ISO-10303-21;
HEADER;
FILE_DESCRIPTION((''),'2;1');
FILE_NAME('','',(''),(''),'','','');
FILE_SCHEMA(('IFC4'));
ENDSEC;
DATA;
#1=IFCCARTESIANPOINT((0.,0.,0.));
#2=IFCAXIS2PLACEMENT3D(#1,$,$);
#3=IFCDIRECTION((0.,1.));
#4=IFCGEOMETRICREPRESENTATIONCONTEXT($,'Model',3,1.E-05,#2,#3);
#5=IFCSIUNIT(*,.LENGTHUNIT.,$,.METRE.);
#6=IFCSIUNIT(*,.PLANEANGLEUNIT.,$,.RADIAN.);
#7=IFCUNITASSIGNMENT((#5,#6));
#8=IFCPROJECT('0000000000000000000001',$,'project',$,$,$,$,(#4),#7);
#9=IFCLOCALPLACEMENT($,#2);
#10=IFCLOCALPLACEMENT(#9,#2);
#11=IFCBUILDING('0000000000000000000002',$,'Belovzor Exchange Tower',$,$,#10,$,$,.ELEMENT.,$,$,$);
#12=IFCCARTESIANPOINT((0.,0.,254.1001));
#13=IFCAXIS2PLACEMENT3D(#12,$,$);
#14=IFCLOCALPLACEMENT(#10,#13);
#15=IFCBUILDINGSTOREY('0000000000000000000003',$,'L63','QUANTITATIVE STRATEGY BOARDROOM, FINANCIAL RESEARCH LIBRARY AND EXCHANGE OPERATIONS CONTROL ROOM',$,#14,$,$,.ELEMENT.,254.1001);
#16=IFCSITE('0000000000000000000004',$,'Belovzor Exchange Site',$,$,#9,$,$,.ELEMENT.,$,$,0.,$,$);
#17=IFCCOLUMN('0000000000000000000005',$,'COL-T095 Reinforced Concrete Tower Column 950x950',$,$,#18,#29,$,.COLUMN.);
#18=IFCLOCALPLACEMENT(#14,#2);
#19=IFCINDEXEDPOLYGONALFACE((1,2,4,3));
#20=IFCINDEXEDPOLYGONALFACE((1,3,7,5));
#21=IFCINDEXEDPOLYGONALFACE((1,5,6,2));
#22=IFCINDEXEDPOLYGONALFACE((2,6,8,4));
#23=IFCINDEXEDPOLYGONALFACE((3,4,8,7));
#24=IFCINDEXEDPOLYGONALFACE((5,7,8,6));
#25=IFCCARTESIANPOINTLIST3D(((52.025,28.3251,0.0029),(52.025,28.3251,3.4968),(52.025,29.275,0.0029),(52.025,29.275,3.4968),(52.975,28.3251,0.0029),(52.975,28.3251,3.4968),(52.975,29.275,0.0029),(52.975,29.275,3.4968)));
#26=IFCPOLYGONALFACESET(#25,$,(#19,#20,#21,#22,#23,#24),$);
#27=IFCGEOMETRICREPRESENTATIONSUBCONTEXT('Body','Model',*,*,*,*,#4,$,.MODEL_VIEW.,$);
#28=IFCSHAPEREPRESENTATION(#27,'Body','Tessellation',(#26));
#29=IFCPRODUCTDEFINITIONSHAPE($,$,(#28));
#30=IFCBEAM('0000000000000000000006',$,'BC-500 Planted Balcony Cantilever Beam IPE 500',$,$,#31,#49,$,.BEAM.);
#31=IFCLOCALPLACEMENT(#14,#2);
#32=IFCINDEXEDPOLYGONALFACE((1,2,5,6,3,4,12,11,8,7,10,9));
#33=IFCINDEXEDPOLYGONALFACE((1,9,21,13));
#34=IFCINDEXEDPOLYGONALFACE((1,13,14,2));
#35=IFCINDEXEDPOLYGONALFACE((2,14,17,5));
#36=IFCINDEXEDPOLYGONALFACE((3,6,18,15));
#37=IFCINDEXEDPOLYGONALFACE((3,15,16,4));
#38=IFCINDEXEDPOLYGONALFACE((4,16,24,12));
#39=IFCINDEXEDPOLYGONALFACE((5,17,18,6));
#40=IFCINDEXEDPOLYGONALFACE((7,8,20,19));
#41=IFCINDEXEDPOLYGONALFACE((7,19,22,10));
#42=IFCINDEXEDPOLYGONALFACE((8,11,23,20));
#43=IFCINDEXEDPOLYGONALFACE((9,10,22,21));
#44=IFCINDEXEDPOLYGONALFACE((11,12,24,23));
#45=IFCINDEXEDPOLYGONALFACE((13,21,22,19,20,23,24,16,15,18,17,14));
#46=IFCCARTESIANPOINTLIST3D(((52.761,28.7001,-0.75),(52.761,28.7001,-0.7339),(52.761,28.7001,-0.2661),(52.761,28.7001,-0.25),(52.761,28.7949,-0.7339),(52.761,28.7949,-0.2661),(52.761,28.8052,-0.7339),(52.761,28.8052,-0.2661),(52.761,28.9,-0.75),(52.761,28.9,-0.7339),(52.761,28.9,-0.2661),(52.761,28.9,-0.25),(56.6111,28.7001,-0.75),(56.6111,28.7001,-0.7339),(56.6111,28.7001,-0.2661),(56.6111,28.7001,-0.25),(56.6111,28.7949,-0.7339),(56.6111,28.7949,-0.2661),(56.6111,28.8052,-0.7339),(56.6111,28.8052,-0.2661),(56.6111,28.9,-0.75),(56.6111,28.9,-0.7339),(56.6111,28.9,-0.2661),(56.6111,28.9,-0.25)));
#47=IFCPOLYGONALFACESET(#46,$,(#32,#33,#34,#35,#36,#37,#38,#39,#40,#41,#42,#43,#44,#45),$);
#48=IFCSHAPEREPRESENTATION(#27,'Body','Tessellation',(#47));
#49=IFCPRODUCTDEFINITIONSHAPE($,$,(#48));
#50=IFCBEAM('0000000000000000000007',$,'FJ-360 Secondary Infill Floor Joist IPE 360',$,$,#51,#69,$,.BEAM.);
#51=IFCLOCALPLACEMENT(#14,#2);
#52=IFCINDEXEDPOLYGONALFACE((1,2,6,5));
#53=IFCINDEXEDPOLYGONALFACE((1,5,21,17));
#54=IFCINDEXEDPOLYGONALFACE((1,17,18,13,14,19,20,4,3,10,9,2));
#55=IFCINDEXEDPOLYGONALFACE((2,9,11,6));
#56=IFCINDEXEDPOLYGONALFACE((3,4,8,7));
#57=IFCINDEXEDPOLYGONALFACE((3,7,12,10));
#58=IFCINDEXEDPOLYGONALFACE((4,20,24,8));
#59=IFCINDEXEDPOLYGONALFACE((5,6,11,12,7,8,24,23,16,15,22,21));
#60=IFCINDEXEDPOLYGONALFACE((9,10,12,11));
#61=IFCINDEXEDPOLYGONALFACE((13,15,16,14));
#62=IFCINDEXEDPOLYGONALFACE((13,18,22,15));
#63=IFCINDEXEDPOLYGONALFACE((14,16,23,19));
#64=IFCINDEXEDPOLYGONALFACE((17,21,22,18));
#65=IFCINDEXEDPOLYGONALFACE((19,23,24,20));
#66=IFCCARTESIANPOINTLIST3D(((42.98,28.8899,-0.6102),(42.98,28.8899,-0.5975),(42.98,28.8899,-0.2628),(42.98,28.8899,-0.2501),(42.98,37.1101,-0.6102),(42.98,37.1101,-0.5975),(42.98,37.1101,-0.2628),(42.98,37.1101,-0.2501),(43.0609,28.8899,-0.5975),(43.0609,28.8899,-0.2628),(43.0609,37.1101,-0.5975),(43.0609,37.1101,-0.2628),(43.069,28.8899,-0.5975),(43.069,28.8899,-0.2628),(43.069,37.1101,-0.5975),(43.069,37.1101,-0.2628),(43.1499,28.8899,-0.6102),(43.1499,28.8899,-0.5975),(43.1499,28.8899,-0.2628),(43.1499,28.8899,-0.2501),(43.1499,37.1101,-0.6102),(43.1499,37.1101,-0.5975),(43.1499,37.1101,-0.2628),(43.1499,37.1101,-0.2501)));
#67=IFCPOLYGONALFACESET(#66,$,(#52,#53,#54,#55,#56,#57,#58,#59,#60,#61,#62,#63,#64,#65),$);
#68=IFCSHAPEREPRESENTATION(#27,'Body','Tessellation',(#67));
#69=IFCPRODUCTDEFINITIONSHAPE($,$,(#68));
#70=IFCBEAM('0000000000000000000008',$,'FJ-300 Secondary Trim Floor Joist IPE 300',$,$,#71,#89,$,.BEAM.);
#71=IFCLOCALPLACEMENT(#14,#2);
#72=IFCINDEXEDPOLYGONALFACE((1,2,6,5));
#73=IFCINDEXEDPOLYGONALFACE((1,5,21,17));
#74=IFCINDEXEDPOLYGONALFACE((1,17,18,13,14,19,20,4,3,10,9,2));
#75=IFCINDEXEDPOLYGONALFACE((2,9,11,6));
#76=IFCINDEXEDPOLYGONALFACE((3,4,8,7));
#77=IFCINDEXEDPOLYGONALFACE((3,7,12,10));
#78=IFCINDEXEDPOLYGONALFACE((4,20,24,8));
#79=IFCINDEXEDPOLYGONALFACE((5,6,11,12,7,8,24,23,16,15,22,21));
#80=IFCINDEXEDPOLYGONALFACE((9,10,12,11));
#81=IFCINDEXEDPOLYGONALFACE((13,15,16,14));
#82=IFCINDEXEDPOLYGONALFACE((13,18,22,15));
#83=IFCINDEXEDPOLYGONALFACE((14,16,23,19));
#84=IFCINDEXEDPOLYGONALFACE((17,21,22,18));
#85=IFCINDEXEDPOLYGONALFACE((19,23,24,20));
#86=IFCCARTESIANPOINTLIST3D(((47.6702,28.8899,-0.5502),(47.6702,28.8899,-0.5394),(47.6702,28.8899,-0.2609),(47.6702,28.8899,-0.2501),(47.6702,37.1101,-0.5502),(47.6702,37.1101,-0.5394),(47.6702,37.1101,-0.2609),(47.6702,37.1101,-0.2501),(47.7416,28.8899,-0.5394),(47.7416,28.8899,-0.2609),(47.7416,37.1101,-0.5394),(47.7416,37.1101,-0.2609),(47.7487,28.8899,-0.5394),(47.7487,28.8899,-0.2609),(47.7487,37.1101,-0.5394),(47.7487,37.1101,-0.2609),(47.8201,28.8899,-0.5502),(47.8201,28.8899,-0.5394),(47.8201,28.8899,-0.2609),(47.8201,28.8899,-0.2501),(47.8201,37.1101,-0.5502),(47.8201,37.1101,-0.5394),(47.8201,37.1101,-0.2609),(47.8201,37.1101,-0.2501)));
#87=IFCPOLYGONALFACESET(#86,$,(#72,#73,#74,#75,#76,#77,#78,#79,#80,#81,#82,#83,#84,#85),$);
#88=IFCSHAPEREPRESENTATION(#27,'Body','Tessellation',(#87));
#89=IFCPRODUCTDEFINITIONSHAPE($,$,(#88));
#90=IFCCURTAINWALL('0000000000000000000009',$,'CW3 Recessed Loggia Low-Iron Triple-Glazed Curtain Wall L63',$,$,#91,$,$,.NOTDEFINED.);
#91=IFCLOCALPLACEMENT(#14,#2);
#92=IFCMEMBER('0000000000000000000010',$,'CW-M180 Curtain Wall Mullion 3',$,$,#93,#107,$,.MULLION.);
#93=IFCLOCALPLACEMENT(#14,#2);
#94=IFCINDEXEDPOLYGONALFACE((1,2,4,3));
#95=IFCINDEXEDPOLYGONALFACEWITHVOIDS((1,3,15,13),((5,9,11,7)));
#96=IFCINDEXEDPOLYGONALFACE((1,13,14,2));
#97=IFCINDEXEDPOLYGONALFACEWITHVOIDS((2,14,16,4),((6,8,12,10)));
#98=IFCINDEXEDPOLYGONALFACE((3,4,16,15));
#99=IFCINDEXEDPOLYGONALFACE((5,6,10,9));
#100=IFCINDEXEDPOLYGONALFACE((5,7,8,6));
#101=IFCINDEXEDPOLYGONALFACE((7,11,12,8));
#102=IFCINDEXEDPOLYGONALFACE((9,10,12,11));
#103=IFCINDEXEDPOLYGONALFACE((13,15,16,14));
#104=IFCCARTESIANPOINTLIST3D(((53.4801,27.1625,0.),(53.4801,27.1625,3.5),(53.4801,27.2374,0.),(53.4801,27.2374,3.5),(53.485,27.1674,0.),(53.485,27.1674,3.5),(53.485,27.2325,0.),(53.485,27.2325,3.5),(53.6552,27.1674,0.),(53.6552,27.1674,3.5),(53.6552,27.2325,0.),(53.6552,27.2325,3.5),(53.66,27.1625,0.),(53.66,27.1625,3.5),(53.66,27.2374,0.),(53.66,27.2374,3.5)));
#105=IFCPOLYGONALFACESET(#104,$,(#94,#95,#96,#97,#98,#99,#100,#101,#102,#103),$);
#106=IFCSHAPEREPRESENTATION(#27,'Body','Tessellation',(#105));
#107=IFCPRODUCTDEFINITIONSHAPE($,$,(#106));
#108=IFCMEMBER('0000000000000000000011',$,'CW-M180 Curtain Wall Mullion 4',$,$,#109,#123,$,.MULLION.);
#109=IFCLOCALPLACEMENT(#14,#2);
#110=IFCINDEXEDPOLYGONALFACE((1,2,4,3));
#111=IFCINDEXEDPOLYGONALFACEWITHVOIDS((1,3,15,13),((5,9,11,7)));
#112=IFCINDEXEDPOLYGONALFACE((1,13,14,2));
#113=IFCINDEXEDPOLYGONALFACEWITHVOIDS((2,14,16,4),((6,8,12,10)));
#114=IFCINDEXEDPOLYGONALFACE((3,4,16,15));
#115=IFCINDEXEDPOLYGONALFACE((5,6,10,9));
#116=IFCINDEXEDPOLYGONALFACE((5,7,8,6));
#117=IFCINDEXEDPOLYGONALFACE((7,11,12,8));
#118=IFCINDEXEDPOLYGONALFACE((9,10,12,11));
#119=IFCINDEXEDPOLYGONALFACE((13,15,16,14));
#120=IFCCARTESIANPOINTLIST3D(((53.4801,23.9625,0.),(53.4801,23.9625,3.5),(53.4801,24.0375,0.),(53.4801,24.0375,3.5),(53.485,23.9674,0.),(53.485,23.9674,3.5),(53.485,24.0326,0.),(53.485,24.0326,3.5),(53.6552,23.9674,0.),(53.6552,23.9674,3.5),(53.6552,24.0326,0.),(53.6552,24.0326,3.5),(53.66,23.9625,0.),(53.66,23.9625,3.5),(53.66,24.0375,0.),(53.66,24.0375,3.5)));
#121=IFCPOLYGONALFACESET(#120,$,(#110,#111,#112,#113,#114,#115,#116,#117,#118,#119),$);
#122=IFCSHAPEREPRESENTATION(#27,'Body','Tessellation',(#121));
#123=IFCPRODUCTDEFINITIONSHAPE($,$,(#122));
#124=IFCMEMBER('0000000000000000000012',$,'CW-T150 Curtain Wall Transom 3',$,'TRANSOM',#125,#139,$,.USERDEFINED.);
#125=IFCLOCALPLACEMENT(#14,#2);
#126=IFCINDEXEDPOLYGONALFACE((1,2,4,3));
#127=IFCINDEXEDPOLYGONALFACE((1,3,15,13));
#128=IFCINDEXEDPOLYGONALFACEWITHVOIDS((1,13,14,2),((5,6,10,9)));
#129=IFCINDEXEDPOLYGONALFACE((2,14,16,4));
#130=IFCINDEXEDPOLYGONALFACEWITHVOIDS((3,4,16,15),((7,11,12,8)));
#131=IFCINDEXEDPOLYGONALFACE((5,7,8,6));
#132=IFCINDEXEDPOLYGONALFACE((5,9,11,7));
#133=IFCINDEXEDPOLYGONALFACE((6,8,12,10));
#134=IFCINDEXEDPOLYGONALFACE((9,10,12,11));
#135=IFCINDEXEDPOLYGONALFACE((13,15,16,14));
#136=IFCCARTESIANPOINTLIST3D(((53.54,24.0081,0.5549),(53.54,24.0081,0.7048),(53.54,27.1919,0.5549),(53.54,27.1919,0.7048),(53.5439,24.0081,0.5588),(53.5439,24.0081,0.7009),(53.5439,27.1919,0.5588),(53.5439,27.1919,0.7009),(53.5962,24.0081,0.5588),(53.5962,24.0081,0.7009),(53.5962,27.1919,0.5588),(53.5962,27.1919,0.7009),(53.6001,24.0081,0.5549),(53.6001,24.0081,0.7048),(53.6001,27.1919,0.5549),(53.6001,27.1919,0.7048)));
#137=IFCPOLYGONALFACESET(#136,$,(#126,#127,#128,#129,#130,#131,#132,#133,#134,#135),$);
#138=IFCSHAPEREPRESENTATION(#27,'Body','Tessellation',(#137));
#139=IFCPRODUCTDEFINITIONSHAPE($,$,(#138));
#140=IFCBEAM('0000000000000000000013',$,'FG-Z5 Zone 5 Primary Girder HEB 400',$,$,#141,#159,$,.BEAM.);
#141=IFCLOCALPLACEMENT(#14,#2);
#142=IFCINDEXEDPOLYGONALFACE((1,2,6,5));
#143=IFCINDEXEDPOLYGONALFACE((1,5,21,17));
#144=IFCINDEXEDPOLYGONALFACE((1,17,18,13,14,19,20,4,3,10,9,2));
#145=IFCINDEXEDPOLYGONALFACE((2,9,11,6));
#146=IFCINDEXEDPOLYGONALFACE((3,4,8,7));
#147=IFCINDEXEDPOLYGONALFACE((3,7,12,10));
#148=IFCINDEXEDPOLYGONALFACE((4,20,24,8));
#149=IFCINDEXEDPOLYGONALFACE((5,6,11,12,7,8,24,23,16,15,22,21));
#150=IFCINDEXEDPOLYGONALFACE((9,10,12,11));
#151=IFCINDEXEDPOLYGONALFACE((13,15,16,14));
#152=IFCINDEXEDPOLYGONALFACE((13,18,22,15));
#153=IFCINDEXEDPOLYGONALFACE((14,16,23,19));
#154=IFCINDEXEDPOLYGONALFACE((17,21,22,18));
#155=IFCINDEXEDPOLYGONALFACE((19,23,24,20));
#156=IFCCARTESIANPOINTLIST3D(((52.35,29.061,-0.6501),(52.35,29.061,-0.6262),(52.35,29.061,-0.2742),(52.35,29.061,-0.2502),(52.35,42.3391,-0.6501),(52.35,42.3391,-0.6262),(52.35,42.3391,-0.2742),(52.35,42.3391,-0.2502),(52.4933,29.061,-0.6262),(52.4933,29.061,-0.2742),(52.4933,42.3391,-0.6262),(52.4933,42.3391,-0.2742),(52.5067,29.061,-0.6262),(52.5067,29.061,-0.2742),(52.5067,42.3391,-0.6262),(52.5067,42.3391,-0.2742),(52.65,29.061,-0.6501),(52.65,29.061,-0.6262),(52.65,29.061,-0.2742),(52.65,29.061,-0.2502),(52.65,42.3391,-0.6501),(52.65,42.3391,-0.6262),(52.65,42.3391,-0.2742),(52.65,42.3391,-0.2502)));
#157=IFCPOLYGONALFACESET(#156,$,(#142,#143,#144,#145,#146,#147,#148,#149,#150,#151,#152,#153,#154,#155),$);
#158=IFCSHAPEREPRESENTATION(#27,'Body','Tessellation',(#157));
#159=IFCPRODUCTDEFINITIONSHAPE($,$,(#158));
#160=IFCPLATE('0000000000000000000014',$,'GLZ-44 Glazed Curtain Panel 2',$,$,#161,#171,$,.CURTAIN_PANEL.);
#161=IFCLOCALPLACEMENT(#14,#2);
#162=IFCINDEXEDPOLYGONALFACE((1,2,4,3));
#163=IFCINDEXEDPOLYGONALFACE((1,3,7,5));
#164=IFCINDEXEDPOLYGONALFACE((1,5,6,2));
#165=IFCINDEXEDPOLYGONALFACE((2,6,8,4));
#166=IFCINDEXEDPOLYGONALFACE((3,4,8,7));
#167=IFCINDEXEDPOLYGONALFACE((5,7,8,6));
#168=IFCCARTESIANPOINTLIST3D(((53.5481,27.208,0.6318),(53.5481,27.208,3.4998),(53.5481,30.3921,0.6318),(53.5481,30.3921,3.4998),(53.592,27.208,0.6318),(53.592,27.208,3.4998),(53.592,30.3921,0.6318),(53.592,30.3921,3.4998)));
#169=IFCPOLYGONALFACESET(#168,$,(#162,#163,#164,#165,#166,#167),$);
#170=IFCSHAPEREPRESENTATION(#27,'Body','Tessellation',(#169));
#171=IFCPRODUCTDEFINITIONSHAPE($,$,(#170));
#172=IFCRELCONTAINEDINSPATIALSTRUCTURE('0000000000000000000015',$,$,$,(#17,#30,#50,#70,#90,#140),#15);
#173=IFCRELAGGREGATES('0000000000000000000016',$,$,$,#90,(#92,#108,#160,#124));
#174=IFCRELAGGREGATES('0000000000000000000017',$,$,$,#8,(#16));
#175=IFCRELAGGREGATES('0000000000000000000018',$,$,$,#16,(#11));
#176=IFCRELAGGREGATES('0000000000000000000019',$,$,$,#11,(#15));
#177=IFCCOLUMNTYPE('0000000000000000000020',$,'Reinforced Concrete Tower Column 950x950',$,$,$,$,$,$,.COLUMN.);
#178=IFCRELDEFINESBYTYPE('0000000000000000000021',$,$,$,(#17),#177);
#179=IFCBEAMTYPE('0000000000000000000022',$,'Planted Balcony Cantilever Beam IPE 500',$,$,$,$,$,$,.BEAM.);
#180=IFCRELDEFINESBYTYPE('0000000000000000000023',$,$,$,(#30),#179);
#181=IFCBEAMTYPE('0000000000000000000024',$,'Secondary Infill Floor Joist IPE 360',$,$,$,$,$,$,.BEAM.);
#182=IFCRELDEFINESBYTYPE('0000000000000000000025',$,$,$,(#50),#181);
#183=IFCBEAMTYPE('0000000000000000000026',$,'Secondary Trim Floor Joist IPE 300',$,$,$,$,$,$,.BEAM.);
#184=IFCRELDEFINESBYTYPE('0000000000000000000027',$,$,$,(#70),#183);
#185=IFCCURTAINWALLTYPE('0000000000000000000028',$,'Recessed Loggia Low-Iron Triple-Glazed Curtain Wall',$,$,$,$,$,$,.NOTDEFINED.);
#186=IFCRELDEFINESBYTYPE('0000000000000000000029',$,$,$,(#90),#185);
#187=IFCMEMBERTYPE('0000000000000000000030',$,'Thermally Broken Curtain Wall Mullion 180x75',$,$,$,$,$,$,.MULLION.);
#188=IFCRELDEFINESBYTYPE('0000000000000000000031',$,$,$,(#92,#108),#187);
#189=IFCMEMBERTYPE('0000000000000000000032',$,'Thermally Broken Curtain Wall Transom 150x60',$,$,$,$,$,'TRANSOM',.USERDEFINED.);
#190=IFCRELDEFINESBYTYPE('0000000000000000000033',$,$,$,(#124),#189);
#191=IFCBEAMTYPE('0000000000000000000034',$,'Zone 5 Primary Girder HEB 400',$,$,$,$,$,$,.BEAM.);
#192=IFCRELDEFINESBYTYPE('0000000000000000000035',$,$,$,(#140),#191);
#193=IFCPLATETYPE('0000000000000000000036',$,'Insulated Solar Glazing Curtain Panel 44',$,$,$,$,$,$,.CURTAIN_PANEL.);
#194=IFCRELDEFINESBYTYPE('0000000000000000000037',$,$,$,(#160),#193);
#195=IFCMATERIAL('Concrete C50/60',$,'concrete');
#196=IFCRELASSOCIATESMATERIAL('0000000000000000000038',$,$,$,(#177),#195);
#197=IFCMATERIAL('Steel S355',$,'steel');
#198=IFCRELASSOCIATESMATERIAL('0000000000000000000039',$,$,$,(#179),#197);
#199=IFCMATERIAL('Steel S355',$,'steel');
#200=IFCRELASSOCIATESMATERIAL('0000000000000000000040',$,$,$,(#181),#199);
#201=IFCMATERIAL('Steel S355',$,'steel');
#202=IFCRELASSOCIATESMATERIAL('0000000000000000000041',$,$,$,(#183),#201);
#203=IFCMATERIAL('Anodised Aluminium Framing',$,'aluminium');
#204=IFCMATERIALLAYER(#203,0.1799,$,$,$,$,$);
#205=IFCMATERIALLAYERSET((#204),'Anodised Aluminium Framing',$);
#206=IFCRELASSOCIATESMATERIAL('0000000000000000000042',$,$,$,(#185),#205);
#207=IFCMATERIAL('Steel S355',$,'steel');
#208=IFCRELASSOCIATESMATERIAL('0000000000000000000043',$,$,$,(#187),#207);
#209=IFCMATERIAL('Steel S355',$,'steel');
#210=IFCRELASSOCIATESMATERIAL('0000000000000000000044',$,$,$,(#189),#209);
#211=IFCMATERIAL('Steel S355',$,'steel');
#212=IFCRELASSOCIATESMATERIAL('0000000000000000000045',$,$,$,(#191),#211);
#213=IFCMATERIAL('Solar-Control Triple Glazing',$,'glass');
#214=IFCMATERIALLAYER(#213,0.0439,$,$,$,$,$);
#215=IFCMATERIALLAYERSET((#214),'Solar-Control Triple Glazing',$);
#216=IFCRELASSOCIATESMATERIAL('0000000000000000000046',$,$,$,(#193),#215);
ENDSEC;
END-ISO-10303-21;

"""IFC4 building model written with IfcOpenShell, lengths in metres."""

from ifc_helpers import new_model, si_unit, direction, frame, origin, origin_2d, place, context, subcontext, project, spatial, rectangle, hollow_rectangle, i_section, extrude, material, layer, layer_set, material_profile, profile_set, type_object, element, aggregate, save


model = new_model("IFC4")

# Units and contexts
model_context = context("Model", 3, precision=1e-05, world=origin(), true_north=direction((0.0, 1.0)))
body_context = subcontext(model_context, "Body", "Model", "MODEL_VIEW")
ifc_project = project(units=[si_unit("LENGTHUNIT", "METRE"), si_unit("PLANEANGLEUNIT", "RADIAN")], contexts=[model_context])

# Site, building, storey
site_placement = place(None, origin())
site = spatial("IfcSite", under=ifc_project, at=site_placement, Name="Belovzor Exchange Site", CompositionType="ELEMENT", RefElevation=0.0)
building_placement = place(site_placement, origin())
building = spatial("IfcBuilding", under=site, at=building_placement, Name="Belovzor Exchange Tower", CompositionType="ELEMENT")
storey_placement = place(building_placement, frame((0.0, 0.0, 254.1001)))
storey = spatial("IfcBuildingStorey", under=building, at=storey_placement, Name="L63", Description="QUANTITATIVE STRATEGY BOARDROOM, FINANCIAL RESEARCH LIBRARY AND EXCHANGE OPERATIONS CONTROL ROOM", CompositionType="ELEMENT", Elevation=254.1001)

# Column
ifc_material_1 = material(Name="Concrete C50/60", Category="concrete")
ifc_material_profile_1 = material_profile(ifc_material_1, rectangle(XDim=0.95, YDim=0.95, at=origin_2d()))
ifc_profile_set_1 = profile_set([ifc_material_profile_1], Name="Concrete C50/60")
column_type = type_object("IfcColumnType", Name="Reinforced Concrete Tower Column 950x950", PredefinedType="COLUMN", material=ifc_profile_set_1)
column_placement = place(storey_placement, frame((52.5, 28.8, 0.0029), z_axis=(0.0, 0.0, 1.0), x_axis=(1.0, 0.0, 0.0)))
element("IfcColumn", 1, at=column_placement, inside=storey, type_object=column_type, Name="COL-T095 Reinforced Concrete Tower Column 950x950", PredefinedType="COLUMN", context=body_context, shape_type="SweptSolid", body=[
    extrude(rectangle(XDim=0.95, YDim=0.95, at=origin_2d()), origin(), (0.0, 0.0, 1.0), 3.4939),
])

# Beams
ifc_material_2 = material(Name="Steel S355", Category="steel")
ifc_material_profile_2 = material_profile(ifc_material_2, i_section(OverallWidth=0.2, OverallDepth=0.5, WebThickness=0.0103, FlangeThickness=0.0161, at=origin_2d()))
ifc_profile_set_2 = profile_set([ifc_material_profile_2], Name="Steel S355")
beam_type_1 = type_object("IfcBeamType", Name="Planted Balcony Cantilever Beam IPE 500", PredefinedType="BEAM", material=ifc_profile_set_2)
beam_1_placement = place(storey_placement, frame((52.761, 28.8, -0.5), z_axis=(1.0, 0.0, 0.0), x_axis=(0.0, 1.0, 0.0)))
element("IfcBeam", 2, at=beam_1_placement, inside=storey, type_object=beam_type_1, Name="BC-500 Planted Balcony Cantilever Beam IPE 500", PredefinedType="BEAM", context=body_context, shape_type="SweptSolid", body=[
    extrude(i_section(OverallWidth=0.2, OverallDepth=0.5, WebThickness=0.0103, FlangeThickness=0.0161, at=origin_2d()), origin(), (0.0, 0.0, 1.0), 3.8501),
])
ifc_material_3 = material(Name="Steel S355", Category="steel")
ifc_material_profile_3 = material_profile(ifc_material_3, i_section(OverallWidth=0.1699, OverallDepth=0.3601, WebThickness=0.0081, FlangeThickness=0.0127, at=origin_2d()))
ifc_profile_set_3 = profile_set([ifc_material_profile_3], Name="Steel S355")
beam_type_2 = type_object("IfcBeamType", Name="Secondary Infill Floor Joist IPE 360", PredefinedType="BEAM", material=ifc_profile_set_3)
beam_2_placement = place(storey_placement, frame((43.0649, 28.8899, -0.4302), z_axis=(0.0, 1.0, 0.0), x_axis=(-1.0, 0.0, 0.0)))
element("IfcBeam", 3, at=beam_2_placement, inside=storey, type_object=beam_type_2, Name="FJ-360 Secondary Infill Floor Joist IPE 360", PredefinedType="BEAM", context=body_context, shape_type="SweptSolid", body=[
    extrude(i_section(OverallWidth=0.1699, OverallDepth=0.3601, WebThickness=0.0081, FlangeThickness=0.0127, at=origin_2d()), origin(), (0.0, 0.0, 1.0), 8.2202),
])
ifc_material_4 = material(Name="Steel S355", Category="steel")
ifc_material_profile_4 = material_profile(ifc_material_4, i_section(OverallWidth=0.1499, OverallDepth=0.3, WebThickness=0.0071, FlangeThickness=0.0107, at=origin_2d()))
ifc_profile_set_4 = profile_set([ifc_material_profile_4], Name="Steel S355")
beam_type_3 = type_object("IfcBeamType", Name="Secondary Trim Floor Joist IPE 300", PredefinedType="BEAM", material=ifc_profile_set_4)
beam_3_placement = place(storey_placement, frame((47.7451, 28.8899, -0.4001), z_axis=(0.0, 1.0, 0.0), x_axis=(-1.0, 0.0, 0.0)))
element("IfcBeam", 4, at=beam_3_placement, inside=storey, type_object=beam_type_3, Name="FJ-300 Secondary Trim Floor Joist IPE 300", PredefinedType="BEAM", context=body_context, shape_type="SweptSolid", body=[
    extrude(i_section(OverallWidth=0.1499, OverallDepth=0.3, WebThickness=0.0071, FlangeThickness=0.0107, at=origin_2d()), origin(), (0.0, 0.0, 1.0), 8.2202),
])

# Curtain wall, members
ifc_material_5 = material(Name="Anodised Aluminium Framing", Category="aluminium")
ifc_layer_1 = layer(ifc_material_5, 0.1799)
ifc_layer_set_1 = layer_set([ifc_layer_1], Name="Anodised Aluminium Framing")
curtain_wall_type = type_object("IfcCurtainWallType", Name="Recessed Loggia Low-Iron Triple-Glazed Curtain Wall", PredefinedType="NOTDEFINED", material=ifc_layer_set_1)
curtain_wall_placement = place(storey_placement, origin())
curtain_wall = element("IfcCurtainWall", 5, at=curtain_wall_placement, inside=storey, type_object=curtain_wall_type, Name="CW3 Recessed Loggia Low-Iron Triple-Glazed Curtain Wall L63", PredefinedType="NOTDEFINED")
ifc_material_6 = material(Name="Steel S355", Category="steel")
ifc_material_profile_5 = material_profile(ifc_material_6, hollow_rectangle(XDim=0.075, YDim=0.1799, WallThickness=0.0049, at=origin_2d()))
ifc_profile_set_5 = profile_set([ifc_material_profile_5], Name="Steel S355")
member_type_1 = type_object("IfcMemberType", Name="Thermally Broken Curtain Wall Mullion 180x75", PredefinedType="MULLION", material=ifc_profile_set_5)
member_1_placement = place(storey_placement, frame((53.5701, 27.2, 0.0), z_axis=(0.0, 0.0, 1.0), x_axis=(0.0, -1.0, 0.0)))
member_1 = element("IfcMember", 6, at=member_1_placement, type_object=member_type_1, Name="CW-M180 Curtain Wall Mullion 3", PredefinedType="MULLION", context=body_context, shape_type="SweptSolid", body=[
    extrude(hollow_rectangle(XDim=0.075, YDim=0.1799, WallThickness=0.0049, at=origin_2d()), origin(), (0.0, 0.0, 1.0), 3.5),
])
member_2_placement = place(storey_placement, frame((53.5701, 24.0, 0.0), z_axis=(0.0, 0.0, 1.0), x_axis=(0.0, -1.0, 0.0)))
member_2 = element("IfcMember", 7, at=member_2_placement, type_object=member_type_1, Name="CW-M180 Curtain Wall Mullion 4", PredefinedType="MULLION", context=body_context, shape_type="SweptSolid", body=[
    extrude(hollow_rectangle(XDim=0.075, YDim=0.1799, WallThickness=0.0049, at=origin_2d()), origin(), (0.0, 0.0, 1.0), 3.5),
])
ifc_material_7 = material(Name="Steel S355", Category="steel")
ifc_material_profile_6 = material_profile(ifc_material_7, hollow_rectangle(XDim=0.0601, YDim=0.1499, WallThickness=0.0039, at=origin_2d()))
ifc_profile_set_6 = profile_set([ifc_material_profile_6], Name="Steel S355")
member_type_2 = type_object("IfcMemberType", Name="Thermally Broken Curtain Wall Transom 150x60", ElementType="TRANSOM", PredefinedType="USERDEFINED", material=ifc_profile_set_6)
member_3_placement = place(storey_placement, frame((53.5701, 27.1919, 0.6299), z_axis=(0.0, -1.0, 0.0), x_axis=(1.0, 0.0, 0.0)))
member_3 = element("IfcMember", 8, at=member_3_placement, type_object=member_type_2, Name="CW-T150 Curtain Wall Transom 3", ObjectType="TRANSOM", PredefinedType="USERDEFINED", context=body_context, shape_type="SweptSolid", body=[
    extrude(hollow_rectangle(XDim=0.0601, YDim=0.1499, WallThickness=0.0039, at=origin_2d()), origin(), (0.0, 0.0, 1.0), 3.1838),
])

# Beam
ifc_material_8 = material(Name="Steel S355", Category="steel")
ifc_material_profile_7 = material_profile(ifc_material_8, i_section(OverallWidth=0.3, OverallDepth=0.3999, WebThickness=0.0134, FlangeThickness=0.0239, at=origin_2d()))
ifc_profile_set_7 = profile_set([ifc_material_profile_7], Name="Steel S355")
beam_type_4 = type_object("IfcBeamType", Name="Zone 5 Primary Girder HEB 400", PredefinedType="BEAM", material=ifc_profile_set_7)
beam_4_placement = place(storey_placement, frame((52.5, 29.061, -0.4502), z_axis=(0.0, 1.0, 0.0), x_axis=(-1.0, 0.0, 0.0)))
element("IfcBeam", 9, at=beam_4_placement, inside=storey, type_object=beam_type_4, Name="FG-Z5 Zone 5 Primary Girder HEB 400", PredefinedType="BEAM", context=body_context, shape_type="SweptSolid", body=[
    extrude(i_section(OverallWidth=0.3, OverallDepth=0.3999, WebThickness=0.0134, FlangeThickness=0.0239, at=origin_2d()), origin(), (0.0, 0.0, 1.0), 13.2781),
])

# Plate
ifc_material_9 = material(Name="Solar-Control Triple Glazing", Category="glass")
ifc_layer_2 = layer(ifc_material_9, 0.0439)
ifc_layer_set_2 = layer_set([ifc_layer_2], Name="Solar-Control Triple Glazing")
plate_type_1 = type_object("IfcPlateType", Name="Insulated Solar Glazing Curtain Panel 44", PredefinedType="CURTAIN_PANEL", material=ifc_layer_set_2)
plate_1_placement = place(storey_placement, frame((53.5701, 28.8, 0.6318), z_axis=(0.0, 0.0, 1.0), x_axis=(0.0, -1.0, 0.0)))
plate_1 = element("IfcPlate", 10, at=plate_1_placement, type_object=plate_type_1, Name="GLZ-44 Glazed Curtain Panel 2", PredefinedType="CURTAIN_PANEL", context=body_context, shape_type="SweptSolid", body=[
    extrude(rectangle(XDim=3.1841, YDim=0.0439, at=origin_2d()), origin(), (0.0, 0.0, 1.0), 2.8679),
])
aggregate(curtain_wall, [member_1, member_2, plate_1, member_3])

save(model, "model.ifc")
